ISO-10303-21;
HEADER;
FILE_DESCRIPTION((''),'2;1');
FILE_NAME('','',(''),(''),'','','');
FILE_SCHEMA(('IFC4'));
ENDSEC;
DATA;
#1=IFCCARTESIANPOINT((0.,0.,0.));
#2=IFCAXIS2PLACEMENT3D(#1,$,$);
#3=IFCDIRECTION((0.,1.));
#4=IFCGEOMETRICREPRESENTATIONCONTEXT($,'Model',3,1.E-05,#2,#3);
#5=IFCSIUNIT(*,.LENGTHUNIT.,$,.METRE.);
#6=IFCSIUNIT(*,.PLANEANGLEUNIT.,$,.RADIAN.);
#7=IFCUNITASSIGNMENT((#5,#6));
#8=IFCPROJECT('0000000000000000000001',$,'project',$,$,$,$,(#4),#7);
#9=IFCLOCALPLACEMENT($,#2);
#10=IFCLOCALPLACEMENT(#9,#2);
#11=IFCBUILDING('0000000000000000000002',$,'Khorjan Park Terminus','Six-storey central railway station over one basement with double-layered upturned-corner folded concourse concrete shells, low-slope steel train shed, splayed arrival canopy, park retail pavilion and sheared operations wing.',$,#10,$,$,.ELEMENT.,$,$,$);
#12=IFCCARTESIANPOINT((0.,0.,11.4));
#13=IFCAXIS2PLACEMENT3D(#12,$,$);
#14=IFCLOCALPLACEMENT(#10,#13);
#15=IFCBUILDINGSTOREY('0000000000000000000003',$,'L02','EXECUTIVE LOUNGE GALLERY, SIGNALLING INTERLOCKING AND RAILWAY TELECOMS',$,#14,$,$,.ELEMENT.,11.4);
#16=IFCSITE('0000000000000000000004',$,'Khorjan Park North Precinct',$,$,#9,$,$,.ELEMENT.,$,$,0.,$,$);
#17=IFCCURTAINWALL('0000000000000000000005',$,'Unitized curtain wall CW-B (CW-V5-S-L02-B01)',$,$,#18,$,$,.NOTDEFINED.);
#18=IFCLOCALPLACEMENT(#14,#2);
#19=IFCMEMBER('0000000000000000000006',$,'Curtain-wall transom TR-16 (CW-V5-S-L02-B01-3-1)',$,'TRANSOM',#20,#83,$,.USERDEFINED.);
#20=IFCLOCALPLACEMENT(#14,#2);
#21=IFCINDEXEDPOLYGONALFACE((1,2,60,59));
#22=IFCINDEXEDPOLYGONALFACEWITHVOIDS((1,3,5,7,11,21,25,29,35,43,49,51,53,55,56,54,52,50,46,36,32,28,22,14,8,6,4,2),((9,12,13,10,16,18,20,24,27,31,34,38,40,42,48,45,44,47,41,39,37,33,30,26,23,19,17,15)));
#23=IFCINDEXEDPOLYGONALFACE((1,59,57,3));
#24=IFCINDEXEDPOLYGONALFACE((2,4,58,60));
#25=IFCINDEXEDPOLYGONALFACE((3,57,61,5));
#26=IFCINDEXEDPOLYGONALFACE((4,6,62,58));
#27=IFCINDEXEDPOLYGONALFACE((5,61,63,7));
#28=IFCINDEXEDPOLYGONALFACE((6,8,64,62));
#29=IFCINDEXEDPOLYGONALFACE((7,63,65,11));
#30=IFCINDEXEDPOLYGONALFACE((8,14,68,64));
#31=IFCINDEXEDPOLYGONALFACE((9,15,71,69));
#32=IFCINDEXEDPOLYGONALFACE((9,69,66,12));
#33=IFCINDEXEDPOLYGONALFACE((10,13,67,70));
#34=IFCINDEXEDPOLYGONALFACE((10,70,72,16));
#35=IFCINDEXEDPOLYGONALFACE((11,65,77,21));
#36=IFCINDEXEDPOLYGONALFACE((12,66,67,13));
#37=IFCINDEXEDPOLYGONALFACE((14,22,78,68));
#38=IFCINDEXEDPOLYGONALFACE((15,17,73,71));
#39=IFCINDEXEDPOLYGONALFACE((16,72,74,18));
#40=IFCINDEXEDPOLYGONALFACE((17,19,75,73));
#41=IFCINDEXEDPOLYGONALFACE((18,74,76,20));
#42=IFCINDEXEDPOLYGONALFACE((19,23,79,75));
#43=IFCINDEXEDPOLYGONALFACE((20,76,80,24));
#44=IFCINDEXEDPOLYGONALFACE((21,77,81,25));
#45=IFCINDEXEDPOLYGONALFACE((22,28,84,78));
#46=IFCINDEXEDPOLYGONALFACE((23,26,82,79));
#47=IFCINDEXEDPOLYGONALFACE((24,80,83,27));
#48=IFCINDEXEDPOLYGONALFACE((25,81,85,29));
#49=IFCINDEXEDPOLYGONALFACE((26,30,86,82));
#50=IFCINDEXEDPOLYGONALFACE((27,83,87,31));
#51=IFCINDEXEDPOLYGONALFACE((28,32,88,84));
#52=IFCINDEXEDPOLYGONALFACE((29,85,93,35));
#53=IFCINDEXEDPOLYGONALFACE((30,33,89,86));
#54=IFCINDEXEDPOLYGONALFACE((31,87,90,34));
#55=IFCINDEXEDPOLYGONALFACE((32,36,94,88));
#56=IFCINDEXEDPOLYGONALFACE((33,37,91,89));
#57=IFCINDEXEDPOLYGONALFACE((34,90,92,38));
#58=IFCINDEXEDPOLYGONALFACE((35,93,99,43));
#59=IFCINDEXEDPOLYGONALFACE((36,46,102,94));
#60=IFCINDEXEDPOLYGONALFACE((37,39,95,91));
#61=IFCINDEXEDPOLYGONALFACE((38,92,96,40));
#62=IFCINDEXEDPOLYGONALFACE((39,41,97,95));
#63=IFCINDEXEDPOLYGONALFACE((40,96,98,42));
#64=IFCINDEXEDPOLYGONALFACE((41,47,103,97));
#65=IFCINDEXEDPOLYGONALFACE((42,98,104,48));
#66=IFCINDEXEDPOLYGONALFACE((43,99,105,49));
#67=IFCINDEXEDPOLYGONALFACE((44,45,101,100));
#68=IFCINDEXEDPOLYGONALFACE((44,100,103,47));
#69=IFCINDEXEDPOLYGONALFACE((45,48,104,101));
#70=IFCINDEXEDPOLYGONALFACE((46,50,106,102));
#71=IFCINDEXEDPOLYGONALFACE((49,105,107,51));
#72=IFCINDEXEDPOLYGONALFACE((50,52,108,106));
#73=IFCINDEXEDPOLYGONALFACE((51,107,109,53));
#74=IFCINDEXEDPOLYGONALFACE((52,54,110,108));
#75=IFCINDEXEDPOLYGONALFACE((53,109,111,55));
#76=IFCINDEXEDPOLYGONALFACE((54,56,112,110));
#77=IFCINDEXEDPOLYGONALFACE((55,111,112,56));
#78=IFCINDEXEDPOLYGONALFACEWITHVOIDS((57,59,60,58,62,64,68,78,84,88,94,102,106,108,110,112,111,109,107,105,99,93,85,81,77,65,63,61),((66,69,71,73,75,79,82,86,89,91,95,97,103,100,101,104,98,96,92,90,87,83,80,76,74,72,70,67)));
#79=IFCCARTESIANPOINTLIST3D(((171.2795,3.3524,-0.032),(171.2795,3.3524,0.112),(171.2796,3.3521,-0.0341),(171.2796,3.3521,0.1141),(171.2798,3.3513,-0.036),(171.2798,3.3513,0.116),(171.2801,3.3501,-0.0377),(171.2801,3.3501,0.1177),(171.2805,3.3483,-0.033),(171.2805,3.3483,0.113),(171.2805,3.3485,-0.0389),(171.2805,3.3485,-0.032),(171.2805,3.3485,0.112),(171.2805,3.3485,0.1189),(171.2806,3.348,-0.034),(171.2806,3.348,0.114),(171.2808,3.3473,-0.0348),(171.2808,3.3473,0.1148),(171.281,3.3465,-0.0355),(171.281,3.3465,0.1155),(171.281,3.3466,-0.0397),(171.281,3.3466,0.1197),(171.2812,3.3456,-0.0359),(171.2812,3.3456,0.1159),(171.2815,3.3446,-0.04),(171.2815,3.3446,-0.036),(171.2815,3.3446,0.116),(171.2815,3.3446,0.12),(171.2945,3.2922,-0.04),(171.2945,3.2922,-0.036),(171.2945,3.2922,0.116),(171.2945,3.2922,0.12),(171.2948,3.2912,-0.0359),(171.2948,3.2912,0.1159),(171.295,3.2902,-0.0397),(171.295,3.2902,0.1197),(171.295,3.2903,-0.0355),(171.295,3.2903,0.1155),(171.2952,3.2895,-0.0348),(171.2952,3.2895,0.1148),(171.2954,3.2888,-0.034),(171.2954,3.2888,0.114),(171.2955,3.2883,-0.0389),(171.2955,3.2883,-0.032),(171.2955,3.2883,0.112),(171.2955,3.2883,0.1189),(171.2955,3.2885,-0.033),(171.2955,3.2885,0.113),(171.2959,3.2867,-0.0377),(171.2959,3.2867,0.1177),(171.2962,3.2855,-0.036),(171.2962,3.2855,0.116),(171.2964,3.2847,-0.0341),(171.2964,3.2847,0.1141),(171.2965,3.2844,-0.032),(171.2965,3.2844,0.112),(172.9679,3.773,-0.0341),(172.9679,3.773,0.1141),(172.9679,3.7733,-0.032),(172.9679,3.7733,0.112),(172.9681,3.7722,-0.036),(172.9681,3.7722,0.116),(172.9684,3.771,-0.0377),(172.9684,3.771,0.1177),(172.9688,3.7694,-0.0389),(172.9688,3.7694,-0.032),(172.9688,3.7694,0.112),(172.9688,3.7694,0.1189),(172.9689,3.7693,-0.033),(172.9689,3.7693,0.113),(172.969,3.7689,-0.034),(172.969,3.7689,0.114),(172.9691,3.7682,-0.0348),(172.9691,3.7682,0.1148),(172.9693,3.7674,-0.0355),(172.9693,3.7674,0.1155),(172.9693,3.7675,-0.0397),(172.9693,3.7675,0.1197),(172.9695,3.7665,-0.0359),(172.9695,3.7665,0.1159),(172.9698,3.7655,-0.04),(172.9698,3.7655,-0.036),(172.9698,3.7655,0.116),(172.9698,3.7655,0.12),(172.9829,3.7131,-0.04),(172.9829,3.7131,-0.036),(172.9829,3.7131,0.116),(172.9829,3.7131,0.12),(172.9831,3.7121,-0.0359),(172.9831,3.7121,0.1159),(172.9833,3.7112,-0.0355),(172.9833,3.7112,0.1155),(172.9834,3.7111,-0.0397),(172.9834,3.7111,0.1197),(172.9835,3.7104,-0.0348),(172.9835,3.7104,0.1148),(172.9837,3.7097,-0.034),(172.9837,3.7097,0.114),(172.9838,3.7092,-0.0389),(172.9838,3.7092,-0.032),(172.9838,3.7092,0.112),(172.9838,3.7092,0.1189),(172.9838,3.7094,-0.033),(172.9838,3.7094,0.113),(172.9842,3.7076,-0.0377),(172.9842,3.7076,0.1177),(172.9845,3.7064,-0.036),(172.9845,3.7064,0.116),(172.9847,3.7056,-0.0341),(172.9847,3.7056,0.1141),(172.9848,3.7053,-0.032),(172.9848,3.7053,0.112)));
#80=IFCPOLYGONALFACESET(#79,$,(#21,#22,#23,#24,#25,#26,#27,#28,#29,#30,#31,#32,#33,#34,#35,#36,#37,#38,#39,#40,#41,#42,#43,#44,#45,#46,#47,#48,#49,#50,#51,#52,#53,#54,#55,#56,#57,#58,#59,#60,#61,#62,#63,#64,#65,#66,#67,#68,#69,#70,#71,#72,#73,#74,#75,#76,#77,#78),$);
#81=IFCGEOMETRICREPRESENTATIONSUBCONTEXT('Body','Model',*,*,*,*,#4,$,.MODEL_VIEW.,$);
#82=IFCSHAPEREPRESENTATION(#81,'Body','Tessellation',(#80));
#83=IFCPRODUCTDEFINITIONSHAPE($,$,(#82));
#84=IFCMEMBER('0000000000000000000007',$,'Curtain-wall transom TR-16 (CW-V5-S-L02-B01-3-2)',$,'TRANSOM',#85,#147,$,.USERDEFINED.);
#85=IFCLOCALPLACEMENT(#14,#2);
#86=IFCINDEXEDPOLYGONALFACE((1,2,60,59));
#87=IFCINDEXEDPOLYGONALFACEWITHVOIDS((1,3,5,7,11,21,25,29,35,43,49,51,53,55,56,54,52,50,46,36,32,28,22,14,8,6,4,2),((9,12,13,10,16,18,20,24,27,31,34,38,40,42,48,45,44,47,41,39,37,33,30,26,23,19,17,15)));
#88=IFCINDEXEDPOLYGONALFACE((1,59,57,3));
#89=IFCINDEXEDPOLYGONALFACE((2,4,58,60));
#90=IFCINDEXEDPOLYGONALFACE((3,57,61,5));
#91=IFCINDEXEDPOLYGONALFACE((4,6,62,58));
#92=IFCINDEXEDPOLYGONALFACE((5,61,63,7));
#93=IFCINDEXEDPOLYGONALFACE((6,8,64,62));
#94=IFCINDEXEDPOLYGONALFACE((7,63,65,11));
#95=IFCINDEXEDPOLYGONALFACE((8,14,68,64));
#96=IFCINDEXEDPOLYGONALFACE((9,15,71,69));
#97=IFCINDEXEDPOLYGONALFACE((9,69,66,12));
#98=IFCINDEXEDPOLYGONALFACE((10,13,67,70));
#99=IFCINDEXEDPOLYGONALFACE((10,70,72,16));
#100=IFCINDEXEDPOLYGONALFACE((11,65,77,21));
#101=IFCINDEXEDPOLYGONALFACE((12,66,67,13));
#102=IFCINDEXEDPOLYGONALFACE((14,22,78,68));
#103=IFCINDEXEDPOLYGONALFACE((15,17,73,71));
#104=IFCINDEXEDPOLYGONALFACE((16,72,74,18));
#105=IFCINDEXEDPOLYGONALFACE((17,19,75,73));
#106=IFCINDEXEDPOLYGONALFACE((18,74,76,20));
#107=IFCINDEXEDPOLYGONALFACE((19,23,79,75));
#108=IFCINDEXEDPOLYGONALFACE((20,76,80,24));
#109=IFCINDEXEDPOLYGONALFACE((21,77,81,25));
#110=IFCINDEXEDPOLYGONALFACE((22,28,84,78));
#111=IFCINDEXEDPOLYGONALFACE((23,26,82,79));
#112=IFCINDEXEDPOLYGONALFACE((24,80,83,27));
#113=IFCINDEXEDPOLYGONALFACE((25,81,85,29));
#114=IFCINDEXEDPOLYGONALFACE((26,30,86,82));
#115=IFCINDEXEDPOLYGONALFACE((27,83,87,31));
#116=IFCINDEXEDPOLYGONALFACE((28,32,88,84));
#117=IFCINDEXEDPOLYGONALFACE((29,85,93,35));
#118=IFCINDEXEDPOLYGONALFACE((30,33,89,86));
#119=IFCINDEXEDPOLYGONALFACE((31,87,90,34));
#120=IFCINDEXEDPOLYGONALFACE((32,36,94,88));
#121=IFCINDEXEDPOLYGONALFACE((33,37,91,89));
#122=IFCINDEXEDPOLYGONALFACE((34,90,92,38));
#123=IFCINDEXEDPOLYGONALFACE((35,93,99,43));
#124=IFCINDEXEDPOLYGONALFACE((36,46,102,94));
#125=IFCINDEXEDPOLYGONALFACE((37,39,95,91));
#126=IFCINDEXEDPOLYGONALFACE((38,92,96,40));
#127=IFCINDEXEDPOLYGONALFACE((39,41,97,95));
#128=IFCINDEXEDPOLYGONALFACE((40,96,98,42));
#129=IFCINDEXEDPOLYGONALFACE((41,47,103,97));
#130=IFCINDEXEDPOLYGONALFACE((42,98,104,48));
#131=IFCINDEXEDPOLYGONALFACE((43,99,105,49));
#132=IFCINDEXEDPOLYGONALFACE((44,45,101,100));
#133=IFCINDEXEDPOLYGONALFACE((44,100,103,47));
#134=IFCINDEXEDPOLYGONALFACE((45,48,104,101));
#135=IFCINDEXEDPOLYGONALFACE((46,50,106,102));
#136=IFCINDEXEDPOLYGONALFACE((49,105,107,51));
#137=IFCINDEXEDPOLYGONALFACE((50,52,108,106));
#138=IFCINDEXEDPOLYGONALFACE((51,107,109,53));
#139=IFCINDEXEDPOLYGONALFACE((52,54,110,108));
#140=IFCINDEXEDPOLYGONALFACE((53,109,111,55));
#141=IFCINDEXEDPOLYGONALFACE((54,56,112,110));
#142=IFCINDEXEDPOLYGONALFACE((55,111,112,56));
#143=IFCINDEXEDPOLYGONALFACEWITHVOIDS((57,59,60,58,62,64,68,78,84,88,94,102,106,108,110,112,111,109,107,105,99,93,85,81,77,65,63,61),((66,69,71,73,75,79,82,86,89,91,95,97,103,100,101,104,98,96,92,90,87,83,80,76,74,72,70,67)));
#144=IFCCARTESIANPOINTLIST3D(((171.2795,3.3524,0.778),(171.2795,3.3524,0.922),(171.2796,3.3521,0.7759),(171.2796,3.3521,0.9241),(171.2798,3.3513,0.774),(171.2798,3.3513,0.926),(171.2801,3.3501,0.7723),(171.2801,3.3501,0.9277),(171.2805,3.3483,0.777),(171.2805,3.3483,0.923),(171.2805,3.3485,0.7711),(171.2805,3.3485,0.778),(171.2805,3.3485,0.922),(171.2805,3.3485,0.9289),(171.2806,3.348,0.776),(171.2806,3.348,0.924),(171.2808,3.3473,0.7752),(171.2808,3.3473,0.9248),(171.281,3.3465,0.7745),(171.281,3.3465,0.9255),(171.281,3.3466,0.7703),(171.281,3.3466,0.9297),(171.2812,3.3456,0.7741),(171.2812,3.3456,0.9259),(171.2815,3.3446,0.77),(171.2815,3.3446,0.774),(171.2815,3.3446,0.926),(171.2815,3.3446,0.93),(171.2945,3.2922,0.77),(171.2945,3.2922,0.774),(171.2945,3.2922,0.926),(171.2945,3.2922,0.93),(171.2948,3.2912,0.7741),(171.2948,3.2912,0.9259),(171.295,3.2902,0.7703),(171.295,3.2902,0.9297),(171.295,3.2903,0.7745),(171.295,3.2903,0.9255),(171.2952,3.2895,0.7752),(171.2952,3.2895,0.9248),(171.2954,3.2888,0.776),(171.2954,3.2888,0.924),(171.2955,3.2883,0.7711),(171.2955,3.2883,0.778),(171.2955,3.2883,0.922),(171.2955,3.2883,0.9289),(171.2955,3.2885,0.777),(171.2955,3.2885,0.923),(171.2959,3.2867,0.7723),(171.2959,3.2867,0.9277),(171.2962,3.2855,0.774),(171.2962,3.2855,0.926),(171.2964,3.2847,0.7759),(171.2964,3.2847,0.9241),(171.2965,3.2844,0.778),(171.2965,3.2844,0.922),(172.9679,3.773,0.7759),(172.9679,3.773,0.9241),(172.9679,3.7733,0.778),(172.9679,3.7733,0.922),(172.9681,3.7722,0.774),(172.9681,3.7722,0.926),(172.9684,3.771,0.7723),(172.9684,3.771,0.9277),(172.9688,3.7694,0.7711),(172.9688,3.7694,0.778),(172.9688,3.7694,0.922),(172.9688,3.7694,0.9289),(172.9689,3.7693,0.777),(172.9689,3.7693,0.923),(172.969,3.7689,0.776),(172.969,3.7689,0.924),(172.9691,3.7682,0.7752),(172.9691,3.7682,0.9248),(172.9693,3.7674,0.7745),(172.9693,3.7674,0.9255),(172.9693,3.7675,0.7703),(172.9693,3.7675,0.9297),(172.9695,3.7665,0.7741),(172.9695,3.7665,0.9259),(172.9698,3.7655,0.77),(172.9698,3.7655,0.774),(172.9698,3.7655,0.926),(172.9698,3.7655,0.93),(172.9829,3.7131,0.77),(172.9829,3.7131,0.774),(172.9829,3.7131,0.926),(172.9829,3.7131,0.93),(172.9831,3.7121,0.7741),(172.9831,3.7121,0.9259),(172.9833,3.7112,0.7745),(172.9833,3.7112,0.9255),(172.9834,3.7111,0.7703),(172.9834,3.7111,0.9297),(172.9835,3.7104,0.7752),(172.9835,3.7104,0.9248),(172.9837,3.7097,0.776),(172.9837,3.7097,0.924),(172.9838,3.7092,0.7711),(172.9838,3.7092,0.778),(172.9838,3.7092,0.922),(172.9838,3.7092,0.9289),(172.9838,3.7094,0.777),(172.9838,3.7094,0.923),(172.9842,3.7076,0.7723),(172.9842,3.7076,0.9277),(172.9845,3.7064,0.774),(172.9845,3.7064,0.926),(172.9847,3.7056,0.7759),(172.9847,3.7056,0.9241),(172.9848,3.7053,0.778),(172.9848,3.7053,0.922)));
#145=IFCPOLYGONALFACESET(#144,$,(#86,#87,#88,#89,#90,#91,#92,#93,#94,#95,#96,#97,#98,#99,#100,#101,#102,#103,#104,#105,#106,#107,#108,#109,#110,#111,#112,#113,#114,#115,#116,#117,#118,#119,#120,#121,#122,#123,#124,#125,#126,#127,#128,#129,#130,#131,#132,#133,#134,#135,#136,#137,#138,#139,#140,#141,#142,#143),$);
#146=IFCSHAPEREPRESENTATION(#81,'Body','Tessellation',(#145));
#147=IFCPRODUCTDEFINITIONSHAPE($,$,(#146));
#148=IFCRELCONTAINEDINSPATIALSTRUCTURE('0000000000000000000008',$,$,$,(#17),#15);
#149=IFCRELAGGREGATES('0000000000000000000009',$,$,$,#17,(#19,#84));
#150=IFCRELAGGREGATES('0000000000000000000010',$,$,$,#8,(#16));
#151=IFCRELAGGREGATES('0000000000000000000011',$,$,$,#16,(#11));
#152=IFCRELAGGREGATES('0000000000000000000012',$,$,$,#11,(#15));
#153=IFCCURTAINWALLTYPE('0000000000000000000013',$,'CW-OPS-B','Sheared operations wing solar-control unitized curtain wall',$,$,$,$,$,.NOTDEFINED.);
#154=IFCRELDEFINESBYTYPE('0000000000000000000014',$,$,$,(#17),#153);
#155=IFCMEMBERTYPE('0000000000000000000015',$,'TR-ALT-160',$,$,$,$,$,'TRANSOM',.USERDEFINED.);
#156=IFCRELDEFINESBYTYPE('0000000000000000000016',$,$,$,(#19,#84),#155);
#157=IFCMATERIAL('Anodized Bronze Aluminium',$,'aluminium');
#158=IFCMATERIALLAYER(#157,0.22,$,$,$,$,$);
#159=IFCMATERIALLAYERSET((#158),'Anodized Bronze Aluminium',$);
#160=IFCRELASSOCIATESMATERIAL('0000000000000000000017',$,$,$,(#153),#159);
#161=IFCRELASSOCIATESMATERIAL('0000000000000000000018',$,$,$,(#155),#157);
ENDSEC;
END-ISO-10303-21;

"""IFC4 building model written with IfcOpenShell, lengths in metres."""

from ifc_helpers import new_model, si_unit, direction, frame, origin, origin_2d, place, context, subcontext, project, spatial, hollow_rectangle, extrude, material, layer, layer_set, material_profile, profile_set, type_object, element, aggregate, save


model = new_model("IFC4")

# Units and contexts
model_context = context("Model", 3, precision=1e-05, world=origin(), true_north=direction((0.0, 1.0)))
body_context = subcontext(model_context, "Body", "Model", "MODEL_VIEW")
ifc_project = project(units=[si_unit("LENGTHUNIT", "METRE"), si_unit("PLANEANGLEUNIT", "RADIAN")], contexts=[model_context])

# Site, building, storey
site_placement = place(None, origin())
site = spatial("IfcSite", under=ifc_project, at=site_placement, Name="Khorjan Park North Precinct", CompositionType="ELEMENT", RefElevation=0.0)
building_placement = place(site_placement, origin())
building = spatial("IfcBuilding", under=site, at=building_placement, Name="Khorjan Park Terminus", Description="Six-storey central railway station over one basement with double-layered upturned-corner folded concourse concrete shells, low-slope steel train shed, splayed arrival canopy, park retail pavilion and sheared operations wing.", CompositionType="ELEMENT")
storey_placement = place(building_placement, frame((0.0, 0.0, 11.4)))
storey = spatial("IfcBuildingStorey", under=building, at=storey_placement, Name="L02", Description="EXECUTIVE LOUNGE GALLERY, SIGNALLING INTERLOCKING AND RAILWAY TELECOMS", CompositionType="ELEMENT", Elevation=11.4)

# Curtain wall
ifc_material_1 = material(Name="Anodized Bronze Aluminium", Category="aluminium")
ifc_layer_1 = layer(ifc_material_1, 0.22)
ifc_layer_set_1 = layer_set([ifc_layer_1], Name="Anodized Bronze Aluminium")
curtain_wall_type = type_object("IfcCurtainWallType", Name="CW-OPS-B", Description="Sheared operations wing solar-control unitized curtain wall", PredefinedType="NOTDEFINED", material=ifc_layer_set_1)
curtain_wall_1_placement = place(storey_placement, origin())
curtain_wall_1 = element("IfcCurtainWall", 1, at=curtain_wall_1_placement, inside=storey, type_object=curtain_wall_type, Name="Unitized curtain wall CW-B (CW-V5-S-L02-B01)", PredefinedType="NOTDEFINED")

# Members
ifc_material_profile_1 = material_profile(ifc_material_1, hollow_rectangle(XDim=0.07, YDim=0.16, WallThickness=0.004, InnerFilletRadius=0.004, OuterFilletRadius=0.008, at=origin_2d()), Name="ALT 70x160x4")
ifc_profile_set_1 = profile_set([ifc_material_profile_1], Name="Anodized Bronze Aluminium")
member_type_1 = type_object("IfcMemberType", Name="TR-ALT-160", ElementType="TRANSOM", PredefinedType="USERDEFINED", material=ifc_profile_set_1)
member_1_placement = place(storey_placement, frame((171.288, 3.3184, 0.04), z_axis=(0.970301, 0.2419, 0.0), x_axis=(-0.2419, 0.970301, 0.0)))
member_1 = element("IfcMember", 2, at=member_1_placement, type_object=member_type_1, Name="Curtain-wall transom TR-16 (CW-V5-S-L02-B01-3-1)", ObjectType="TRANSOM", PredefinedType="USERDEFINED", context=body_context, shape_type="SweptSolid", body=[
    extrude(hollow_rectangle(XDim=0.07, YDim=0.16, WallThickness=0.004, InnerFilletRadius=0.004, OuterFilletRadius=0.008, at=origin_2d()), origin(), (0.0, 0.0, 1.0), 1.74),
])
member_2_placement = place(storey_placement, frame((171.288, 3.3184, 0.85), z_axis=(0.970301, 0.2419, 0.0), x_axis=(-0.2419, 0.970301, 0.0)))
member_2 = element("IfcMember", 3, at=member_2_placement, type_object=member_type_1, Name="Curtain-wall transom TR-16 (CW-V5-S-L02-B01-3-2)", ObjectType="TRANSOM", PredefinedType="USERDEFINED", context=body_context, shape_type="SweptSolid", body=[
    extrude(hollow_rectangle(XDim=0.07, YDim=0.16, WallThickness=0.004, InnerFilletRadius=0.004, OuterFilletRadius=0.008, at=origin_2d()), origin(), (0.0, 0.0, 1.0), 1.74),
])

aggregate(curtain_wall_1, [member_1, member_2])

save(model, "model.ifc")
